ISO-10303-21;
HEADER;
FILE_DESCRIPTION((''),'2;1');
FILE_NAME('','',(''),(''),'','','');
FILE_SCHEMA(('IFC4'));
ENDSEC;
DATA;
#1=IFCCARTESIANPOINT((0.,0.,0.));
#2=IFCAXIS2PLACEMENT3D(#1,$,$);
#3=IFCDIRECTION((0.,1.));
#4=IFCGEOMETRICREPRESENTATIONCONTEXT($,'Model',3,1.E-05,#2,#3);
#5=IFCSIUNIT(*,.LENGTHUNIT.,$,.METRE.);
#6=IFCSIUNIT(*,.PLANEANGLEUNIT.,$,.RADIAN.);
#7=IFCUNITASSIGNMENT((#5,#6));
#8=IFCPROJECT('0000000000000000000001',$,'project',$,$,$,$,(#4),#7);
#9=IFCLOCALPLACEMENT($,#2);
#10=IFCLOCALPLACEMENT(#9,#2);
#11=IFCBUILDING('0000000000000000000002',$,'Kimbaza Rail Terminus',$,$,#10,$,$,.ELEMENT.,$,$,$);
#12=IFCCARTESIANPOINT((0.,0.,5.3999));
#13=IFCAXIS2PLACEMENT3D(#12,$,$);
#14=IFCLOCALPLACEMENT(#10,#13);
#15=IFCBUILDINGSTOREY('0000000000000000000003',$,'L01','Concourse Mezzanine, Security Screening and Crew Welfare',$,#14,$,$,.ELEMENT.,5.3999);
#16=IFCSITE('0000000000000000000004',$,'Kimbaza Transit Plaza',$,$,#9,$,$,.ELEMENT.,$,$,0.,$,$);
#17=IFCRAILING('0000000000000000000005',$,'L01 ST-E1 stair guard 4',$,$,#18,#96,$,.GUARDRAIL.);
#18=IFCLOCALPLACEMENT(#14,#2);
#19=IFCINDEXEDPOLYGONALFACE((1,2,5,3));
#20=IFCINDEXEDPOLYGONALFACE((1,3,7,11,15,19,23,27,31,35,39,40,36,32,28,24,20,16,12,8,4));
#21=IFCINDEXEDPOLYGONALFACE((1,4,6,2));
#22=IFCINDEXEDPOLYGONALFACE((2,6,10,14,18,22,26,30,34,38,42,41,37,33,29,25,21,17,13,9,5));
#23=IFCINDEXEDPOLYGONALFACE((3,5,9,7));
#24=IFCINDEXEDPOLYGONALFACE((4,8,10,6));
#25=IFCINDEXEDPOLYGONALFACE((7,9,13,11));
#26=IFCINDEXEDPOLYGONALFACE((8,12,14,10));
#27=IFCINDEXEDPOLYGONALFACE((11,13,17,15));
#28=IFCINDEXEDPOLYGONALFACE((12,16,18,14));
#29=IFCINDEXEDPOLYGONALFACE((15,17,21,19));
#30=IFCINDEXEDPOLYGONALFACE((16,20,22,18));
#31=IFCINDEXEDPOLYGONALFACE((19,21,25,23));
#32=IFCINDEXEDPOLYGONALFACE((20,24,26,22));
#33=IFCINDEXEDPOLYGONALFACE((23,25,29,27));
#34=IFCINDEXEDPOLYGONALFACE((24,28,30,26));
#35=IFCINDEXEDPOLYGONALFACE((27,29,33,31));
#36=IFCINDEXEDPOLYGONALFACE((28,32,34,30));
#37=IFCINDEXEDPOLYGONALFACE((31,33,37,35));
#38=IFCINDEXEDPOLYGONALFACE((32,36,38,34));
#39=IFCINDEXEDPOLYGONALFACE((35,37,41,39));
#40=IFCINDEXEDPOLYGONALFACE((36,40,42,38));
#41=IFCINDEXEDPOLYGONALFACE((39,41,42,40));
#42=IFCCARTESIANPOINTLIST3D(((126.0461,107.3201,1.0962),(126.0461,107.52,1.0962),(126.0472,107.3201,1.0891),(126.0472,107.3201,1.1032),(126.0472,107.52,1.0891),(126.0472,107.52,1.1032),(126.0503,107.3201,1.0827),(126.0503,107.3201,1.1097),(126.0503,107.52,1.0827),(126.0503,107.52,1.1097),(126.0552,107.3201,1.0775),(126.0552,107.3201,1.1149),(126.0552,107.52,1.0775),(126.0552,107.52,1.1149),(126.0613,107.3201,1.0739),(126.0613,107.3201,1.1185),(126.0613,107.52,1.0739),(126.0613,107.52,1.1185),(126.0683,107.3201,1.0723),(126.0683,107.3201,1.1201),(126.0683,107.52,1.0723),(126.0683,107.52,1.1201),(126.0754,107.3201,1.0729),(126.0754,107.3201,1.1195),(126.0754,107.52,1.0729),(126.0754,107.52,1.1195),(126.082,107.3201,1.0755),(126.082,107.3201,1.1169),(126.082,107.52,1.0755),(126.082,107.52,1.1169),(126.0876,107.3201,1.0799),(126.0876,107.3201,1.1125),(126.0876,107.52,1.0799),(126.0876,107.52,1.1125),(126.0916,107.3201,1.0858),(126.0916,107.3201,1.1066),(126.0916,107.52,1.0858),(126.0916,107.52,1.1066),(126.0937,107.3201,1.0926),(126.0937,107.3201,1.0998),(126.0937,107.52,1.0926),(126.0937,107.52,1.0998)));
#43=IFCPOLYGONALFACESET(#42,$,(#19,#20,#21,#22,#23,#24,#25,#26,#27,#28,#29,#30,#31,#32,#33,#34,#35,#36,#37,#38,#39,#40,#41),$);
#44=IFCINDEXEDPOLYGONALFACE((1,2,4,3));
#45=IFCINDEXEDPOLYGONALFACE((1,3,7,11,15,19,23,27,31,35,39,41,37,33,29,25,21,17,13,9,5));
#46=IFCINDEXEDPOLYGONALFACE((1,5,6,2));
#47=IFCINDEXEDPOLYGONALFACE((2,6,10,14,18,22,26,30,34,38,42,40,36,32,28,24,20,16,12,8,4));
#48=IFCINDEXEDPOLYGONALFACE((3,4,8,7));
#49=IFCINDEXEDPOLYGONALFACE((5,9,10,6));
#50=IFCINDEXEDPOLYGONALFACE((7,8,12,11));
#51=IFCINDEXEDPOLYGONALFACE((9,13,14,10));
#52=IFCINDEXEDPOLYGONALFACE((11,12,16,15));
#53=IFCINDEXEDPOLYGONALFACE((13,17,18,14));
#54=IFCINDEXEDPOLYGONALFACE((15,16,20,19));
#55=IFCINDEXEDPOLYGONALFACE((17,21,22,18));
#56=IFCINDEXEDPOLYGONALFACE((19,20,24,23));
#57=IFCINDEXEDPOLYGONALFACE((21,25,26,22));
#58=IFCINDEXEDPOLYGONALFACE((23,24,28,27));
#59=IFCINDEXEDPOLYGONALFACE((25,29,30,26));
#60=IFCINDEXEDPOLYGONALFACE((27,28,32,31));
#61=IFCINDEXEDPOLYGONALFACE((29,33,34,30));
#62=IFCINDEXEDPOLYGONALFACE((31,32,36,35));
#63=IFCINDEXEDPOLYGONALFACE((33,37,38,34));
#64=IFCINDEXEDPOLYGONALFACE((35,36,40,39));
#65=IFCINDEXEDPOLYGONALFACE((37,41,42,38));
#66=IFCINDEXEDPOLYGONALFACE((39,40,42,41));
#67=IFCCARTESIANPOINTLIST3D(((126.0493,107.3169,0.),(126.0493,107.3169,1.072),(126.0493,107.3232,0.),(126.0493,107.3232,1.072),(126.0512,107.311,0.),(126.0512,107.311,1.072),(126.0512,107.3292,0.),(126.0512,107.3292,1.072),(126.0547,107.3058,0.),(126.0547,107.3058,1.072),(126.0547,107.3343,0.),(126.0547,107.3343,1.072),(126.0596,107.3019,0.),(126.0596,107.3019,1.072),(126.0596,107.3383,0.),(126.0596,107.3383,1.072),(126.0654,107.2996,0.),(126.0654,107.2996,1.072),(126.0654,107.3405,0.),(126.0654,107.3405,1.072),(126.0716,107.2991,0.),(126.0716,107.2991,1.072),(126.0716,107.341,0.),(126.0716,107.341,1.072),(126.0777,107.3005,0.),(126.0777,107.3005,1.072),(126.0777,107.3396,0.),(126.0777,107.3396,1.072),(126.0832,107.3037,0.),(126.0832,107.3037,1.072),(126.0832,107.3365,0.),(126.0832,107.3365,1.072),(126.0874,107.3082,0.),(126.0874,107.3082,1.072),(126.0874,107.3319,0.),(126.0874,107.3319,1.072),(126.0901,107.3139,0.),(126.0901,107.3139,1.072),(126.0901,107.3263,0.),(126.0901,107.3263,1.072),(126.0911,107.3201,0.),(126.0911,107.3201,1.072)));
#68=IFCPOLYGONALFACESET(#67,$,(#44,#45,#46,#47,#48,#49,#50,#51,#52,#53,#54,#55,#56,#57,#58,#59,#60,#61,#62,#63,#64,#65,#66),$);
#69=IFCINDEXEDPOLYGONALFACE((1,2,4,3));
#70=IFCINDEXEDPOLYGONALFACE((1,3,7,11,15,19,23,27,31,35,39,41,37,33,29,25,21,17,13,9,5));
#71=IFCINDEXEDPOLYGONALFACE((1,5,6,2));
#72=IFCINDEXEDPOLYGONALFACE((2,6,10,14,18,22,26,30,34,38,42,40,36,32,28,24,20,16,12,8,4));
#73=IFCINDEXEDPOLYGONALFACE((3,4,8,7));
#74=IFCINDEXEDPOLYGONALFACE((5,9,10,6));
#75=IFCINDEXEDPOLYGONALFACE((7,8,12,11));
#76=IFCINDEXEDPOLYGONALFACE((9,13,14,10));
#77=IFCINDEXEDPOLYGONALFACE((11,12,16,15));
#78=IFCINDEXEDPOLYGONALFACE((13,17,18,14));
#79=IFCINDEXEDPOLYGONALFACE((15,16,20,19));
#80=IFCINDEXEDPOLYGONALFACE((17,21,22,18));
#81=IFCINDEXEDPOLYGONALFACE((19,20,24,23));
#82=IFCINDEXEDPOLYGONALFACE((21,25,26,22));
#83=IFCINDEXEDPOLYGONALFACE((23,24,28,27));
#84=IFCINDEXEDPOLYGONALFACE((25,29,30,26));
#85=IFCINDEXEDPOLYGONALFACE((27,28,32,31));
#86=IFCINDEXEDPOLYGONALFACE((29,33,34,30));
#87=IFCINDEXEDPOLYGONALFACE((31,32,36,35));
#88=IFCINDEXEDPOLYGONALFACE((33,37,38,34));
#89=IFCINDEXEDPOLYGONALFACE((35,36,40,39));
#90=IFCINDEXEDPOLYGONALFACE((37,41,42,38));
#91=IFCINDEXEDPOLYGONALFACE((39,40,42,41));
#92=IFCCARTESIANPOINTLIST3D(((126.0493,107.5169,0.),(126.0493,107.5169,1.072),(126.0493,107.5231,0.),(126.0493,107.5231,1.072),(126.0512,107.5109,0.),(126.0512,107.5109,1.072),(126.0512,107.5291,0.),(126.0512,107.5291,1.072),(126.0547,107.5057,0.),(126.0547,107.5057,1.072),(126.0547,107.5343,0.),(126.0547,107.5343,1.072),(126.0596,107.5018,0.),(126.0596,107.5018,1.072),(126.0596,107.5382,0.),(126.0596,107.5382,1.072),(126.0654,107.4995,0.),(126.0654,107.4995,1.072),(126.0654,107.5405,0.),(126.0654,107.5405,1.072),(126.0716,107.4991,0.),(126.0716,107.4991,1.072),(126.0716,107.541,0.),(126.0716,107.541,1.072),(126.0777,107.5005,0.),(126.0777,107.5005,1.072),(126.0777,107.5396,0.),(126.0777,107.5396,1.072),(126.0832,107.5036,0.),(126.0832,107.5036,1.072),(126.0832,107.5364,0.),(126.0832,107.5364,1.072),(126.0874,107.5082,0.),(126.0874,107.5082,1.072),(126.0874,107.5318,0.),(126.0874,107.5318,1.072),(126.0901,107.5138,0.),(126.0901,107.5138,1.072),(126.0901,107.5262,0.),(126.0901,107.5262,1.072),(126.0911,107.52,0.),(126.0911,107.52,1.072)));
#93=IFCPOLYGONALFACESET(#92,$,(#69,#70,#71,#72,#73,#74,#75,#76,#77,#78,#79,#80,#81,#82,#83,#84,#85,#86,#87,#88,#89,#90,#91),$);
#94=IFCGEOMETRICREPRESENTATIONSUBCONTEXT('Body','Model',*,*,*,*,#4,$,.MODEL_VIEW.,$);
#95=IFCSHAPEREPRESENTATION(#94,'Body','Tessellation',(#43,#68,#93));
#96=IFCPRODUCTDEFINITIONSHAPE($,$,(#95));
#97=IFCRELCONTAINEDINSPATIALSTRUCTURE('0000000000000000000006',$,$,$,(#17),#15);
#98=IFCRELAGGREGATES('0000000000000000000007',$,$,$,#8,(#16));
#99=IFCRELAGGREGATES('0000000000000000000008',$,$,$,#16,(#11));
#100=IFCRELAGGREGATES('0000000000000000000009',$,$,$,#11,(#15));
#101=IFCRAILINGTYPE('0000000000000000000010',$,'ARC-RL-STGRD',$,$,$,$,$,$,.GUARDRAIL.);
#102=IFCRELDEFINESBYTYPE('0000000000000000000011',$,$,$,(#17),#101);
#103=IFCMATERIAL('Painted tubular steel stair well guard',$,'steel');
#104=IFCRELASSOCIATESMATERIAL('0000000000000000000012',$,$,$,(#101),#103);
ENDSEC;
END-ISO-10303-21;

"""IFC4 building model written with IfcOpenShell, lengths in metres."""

from ifc_helpers import new_model, si_unit, direction, frame, origin, origin_2d, place, context, subcontext, project, spatial, circle, extrude, material, type_object, element, save


model = new_model("IFC4")

# Units and contexts
model_context = context("Model", 3, precision=1e-05, world=origin(), true_north=direction((0.0, 1.0)))
body_context = subcontext(model_context, "Body", "Model", "MODEL_VIEW")
ifc_project = project(units=[si_unit("LENGTHUNIT", "METRE"), si_unit("PLANEANGLEUNIT", "RADIAN")], contexts=[model_context])

# Site, building, storey
site_placement = place(None, origin())
site = spatial("IfcSite", under=ifc_project, at=site_placement, Name="Kimbaza Transit Plaza", CompositionType="ELEMENT", RefElevation=0.0)
building_placement = place(site_placement, origin())
building = spatial("IfcBuilding", under=site, at=building_placement, Name="Kimbaza Rail Terminus", CompositionType="ELEMENT")
storey_placement = place(building_placement, frame((0.0, 0.0, 5.3999)))
storey = spatial("IfcBuildingStorey", under=building, at=storey_placement, Name="L01", Description="Concourse Mezzanine, Security Screening and Crew Welfare", CompositionType="ELEMENT", Elevation=5.3999)

# Railing
ifc_material_1 = material(Name="Painted tubular steel stair well guard", Category="steel")
railing_type_1 = type_object("IfcRailingType", Name="ARC-RL-STGRD", PredefinedType="GUARDRAIL", material=ifc_material_1)
railing_1_placement = place(storey_placement, frame((126.0701, 107.3201, 0.0)))
element("IfcRailing", 1, at=railing_1_placement, inside=storey, type_object=railing_type_1, Name="L01 ST-E1 stair guard 4", PredefinedType="GUARDRAIL", context=body_context, shape_type="SweptSolid", body=[
    extrude(circle(Radius=0.0239, at=origin_2d()), frame((0.0, 0.0, 1.0962), z_axis=(0.0, 1.0, 0.0), x_axis=(-1.0, 0.0, 0.0)), (0.0, 0.0, 1.0), 0.2),
    extrude(circle(Radius=0.021, at=origin_2d()), origin(), (0.0, 0.0, 1.0), 1.072),
    extrude(circle(Radius=0.021, at=origin_2d()), frame((0.0, 0.2, 0.0)), (0.0, 0.0, 1.0), 1.072),
])

save(model, "model.ifc")
